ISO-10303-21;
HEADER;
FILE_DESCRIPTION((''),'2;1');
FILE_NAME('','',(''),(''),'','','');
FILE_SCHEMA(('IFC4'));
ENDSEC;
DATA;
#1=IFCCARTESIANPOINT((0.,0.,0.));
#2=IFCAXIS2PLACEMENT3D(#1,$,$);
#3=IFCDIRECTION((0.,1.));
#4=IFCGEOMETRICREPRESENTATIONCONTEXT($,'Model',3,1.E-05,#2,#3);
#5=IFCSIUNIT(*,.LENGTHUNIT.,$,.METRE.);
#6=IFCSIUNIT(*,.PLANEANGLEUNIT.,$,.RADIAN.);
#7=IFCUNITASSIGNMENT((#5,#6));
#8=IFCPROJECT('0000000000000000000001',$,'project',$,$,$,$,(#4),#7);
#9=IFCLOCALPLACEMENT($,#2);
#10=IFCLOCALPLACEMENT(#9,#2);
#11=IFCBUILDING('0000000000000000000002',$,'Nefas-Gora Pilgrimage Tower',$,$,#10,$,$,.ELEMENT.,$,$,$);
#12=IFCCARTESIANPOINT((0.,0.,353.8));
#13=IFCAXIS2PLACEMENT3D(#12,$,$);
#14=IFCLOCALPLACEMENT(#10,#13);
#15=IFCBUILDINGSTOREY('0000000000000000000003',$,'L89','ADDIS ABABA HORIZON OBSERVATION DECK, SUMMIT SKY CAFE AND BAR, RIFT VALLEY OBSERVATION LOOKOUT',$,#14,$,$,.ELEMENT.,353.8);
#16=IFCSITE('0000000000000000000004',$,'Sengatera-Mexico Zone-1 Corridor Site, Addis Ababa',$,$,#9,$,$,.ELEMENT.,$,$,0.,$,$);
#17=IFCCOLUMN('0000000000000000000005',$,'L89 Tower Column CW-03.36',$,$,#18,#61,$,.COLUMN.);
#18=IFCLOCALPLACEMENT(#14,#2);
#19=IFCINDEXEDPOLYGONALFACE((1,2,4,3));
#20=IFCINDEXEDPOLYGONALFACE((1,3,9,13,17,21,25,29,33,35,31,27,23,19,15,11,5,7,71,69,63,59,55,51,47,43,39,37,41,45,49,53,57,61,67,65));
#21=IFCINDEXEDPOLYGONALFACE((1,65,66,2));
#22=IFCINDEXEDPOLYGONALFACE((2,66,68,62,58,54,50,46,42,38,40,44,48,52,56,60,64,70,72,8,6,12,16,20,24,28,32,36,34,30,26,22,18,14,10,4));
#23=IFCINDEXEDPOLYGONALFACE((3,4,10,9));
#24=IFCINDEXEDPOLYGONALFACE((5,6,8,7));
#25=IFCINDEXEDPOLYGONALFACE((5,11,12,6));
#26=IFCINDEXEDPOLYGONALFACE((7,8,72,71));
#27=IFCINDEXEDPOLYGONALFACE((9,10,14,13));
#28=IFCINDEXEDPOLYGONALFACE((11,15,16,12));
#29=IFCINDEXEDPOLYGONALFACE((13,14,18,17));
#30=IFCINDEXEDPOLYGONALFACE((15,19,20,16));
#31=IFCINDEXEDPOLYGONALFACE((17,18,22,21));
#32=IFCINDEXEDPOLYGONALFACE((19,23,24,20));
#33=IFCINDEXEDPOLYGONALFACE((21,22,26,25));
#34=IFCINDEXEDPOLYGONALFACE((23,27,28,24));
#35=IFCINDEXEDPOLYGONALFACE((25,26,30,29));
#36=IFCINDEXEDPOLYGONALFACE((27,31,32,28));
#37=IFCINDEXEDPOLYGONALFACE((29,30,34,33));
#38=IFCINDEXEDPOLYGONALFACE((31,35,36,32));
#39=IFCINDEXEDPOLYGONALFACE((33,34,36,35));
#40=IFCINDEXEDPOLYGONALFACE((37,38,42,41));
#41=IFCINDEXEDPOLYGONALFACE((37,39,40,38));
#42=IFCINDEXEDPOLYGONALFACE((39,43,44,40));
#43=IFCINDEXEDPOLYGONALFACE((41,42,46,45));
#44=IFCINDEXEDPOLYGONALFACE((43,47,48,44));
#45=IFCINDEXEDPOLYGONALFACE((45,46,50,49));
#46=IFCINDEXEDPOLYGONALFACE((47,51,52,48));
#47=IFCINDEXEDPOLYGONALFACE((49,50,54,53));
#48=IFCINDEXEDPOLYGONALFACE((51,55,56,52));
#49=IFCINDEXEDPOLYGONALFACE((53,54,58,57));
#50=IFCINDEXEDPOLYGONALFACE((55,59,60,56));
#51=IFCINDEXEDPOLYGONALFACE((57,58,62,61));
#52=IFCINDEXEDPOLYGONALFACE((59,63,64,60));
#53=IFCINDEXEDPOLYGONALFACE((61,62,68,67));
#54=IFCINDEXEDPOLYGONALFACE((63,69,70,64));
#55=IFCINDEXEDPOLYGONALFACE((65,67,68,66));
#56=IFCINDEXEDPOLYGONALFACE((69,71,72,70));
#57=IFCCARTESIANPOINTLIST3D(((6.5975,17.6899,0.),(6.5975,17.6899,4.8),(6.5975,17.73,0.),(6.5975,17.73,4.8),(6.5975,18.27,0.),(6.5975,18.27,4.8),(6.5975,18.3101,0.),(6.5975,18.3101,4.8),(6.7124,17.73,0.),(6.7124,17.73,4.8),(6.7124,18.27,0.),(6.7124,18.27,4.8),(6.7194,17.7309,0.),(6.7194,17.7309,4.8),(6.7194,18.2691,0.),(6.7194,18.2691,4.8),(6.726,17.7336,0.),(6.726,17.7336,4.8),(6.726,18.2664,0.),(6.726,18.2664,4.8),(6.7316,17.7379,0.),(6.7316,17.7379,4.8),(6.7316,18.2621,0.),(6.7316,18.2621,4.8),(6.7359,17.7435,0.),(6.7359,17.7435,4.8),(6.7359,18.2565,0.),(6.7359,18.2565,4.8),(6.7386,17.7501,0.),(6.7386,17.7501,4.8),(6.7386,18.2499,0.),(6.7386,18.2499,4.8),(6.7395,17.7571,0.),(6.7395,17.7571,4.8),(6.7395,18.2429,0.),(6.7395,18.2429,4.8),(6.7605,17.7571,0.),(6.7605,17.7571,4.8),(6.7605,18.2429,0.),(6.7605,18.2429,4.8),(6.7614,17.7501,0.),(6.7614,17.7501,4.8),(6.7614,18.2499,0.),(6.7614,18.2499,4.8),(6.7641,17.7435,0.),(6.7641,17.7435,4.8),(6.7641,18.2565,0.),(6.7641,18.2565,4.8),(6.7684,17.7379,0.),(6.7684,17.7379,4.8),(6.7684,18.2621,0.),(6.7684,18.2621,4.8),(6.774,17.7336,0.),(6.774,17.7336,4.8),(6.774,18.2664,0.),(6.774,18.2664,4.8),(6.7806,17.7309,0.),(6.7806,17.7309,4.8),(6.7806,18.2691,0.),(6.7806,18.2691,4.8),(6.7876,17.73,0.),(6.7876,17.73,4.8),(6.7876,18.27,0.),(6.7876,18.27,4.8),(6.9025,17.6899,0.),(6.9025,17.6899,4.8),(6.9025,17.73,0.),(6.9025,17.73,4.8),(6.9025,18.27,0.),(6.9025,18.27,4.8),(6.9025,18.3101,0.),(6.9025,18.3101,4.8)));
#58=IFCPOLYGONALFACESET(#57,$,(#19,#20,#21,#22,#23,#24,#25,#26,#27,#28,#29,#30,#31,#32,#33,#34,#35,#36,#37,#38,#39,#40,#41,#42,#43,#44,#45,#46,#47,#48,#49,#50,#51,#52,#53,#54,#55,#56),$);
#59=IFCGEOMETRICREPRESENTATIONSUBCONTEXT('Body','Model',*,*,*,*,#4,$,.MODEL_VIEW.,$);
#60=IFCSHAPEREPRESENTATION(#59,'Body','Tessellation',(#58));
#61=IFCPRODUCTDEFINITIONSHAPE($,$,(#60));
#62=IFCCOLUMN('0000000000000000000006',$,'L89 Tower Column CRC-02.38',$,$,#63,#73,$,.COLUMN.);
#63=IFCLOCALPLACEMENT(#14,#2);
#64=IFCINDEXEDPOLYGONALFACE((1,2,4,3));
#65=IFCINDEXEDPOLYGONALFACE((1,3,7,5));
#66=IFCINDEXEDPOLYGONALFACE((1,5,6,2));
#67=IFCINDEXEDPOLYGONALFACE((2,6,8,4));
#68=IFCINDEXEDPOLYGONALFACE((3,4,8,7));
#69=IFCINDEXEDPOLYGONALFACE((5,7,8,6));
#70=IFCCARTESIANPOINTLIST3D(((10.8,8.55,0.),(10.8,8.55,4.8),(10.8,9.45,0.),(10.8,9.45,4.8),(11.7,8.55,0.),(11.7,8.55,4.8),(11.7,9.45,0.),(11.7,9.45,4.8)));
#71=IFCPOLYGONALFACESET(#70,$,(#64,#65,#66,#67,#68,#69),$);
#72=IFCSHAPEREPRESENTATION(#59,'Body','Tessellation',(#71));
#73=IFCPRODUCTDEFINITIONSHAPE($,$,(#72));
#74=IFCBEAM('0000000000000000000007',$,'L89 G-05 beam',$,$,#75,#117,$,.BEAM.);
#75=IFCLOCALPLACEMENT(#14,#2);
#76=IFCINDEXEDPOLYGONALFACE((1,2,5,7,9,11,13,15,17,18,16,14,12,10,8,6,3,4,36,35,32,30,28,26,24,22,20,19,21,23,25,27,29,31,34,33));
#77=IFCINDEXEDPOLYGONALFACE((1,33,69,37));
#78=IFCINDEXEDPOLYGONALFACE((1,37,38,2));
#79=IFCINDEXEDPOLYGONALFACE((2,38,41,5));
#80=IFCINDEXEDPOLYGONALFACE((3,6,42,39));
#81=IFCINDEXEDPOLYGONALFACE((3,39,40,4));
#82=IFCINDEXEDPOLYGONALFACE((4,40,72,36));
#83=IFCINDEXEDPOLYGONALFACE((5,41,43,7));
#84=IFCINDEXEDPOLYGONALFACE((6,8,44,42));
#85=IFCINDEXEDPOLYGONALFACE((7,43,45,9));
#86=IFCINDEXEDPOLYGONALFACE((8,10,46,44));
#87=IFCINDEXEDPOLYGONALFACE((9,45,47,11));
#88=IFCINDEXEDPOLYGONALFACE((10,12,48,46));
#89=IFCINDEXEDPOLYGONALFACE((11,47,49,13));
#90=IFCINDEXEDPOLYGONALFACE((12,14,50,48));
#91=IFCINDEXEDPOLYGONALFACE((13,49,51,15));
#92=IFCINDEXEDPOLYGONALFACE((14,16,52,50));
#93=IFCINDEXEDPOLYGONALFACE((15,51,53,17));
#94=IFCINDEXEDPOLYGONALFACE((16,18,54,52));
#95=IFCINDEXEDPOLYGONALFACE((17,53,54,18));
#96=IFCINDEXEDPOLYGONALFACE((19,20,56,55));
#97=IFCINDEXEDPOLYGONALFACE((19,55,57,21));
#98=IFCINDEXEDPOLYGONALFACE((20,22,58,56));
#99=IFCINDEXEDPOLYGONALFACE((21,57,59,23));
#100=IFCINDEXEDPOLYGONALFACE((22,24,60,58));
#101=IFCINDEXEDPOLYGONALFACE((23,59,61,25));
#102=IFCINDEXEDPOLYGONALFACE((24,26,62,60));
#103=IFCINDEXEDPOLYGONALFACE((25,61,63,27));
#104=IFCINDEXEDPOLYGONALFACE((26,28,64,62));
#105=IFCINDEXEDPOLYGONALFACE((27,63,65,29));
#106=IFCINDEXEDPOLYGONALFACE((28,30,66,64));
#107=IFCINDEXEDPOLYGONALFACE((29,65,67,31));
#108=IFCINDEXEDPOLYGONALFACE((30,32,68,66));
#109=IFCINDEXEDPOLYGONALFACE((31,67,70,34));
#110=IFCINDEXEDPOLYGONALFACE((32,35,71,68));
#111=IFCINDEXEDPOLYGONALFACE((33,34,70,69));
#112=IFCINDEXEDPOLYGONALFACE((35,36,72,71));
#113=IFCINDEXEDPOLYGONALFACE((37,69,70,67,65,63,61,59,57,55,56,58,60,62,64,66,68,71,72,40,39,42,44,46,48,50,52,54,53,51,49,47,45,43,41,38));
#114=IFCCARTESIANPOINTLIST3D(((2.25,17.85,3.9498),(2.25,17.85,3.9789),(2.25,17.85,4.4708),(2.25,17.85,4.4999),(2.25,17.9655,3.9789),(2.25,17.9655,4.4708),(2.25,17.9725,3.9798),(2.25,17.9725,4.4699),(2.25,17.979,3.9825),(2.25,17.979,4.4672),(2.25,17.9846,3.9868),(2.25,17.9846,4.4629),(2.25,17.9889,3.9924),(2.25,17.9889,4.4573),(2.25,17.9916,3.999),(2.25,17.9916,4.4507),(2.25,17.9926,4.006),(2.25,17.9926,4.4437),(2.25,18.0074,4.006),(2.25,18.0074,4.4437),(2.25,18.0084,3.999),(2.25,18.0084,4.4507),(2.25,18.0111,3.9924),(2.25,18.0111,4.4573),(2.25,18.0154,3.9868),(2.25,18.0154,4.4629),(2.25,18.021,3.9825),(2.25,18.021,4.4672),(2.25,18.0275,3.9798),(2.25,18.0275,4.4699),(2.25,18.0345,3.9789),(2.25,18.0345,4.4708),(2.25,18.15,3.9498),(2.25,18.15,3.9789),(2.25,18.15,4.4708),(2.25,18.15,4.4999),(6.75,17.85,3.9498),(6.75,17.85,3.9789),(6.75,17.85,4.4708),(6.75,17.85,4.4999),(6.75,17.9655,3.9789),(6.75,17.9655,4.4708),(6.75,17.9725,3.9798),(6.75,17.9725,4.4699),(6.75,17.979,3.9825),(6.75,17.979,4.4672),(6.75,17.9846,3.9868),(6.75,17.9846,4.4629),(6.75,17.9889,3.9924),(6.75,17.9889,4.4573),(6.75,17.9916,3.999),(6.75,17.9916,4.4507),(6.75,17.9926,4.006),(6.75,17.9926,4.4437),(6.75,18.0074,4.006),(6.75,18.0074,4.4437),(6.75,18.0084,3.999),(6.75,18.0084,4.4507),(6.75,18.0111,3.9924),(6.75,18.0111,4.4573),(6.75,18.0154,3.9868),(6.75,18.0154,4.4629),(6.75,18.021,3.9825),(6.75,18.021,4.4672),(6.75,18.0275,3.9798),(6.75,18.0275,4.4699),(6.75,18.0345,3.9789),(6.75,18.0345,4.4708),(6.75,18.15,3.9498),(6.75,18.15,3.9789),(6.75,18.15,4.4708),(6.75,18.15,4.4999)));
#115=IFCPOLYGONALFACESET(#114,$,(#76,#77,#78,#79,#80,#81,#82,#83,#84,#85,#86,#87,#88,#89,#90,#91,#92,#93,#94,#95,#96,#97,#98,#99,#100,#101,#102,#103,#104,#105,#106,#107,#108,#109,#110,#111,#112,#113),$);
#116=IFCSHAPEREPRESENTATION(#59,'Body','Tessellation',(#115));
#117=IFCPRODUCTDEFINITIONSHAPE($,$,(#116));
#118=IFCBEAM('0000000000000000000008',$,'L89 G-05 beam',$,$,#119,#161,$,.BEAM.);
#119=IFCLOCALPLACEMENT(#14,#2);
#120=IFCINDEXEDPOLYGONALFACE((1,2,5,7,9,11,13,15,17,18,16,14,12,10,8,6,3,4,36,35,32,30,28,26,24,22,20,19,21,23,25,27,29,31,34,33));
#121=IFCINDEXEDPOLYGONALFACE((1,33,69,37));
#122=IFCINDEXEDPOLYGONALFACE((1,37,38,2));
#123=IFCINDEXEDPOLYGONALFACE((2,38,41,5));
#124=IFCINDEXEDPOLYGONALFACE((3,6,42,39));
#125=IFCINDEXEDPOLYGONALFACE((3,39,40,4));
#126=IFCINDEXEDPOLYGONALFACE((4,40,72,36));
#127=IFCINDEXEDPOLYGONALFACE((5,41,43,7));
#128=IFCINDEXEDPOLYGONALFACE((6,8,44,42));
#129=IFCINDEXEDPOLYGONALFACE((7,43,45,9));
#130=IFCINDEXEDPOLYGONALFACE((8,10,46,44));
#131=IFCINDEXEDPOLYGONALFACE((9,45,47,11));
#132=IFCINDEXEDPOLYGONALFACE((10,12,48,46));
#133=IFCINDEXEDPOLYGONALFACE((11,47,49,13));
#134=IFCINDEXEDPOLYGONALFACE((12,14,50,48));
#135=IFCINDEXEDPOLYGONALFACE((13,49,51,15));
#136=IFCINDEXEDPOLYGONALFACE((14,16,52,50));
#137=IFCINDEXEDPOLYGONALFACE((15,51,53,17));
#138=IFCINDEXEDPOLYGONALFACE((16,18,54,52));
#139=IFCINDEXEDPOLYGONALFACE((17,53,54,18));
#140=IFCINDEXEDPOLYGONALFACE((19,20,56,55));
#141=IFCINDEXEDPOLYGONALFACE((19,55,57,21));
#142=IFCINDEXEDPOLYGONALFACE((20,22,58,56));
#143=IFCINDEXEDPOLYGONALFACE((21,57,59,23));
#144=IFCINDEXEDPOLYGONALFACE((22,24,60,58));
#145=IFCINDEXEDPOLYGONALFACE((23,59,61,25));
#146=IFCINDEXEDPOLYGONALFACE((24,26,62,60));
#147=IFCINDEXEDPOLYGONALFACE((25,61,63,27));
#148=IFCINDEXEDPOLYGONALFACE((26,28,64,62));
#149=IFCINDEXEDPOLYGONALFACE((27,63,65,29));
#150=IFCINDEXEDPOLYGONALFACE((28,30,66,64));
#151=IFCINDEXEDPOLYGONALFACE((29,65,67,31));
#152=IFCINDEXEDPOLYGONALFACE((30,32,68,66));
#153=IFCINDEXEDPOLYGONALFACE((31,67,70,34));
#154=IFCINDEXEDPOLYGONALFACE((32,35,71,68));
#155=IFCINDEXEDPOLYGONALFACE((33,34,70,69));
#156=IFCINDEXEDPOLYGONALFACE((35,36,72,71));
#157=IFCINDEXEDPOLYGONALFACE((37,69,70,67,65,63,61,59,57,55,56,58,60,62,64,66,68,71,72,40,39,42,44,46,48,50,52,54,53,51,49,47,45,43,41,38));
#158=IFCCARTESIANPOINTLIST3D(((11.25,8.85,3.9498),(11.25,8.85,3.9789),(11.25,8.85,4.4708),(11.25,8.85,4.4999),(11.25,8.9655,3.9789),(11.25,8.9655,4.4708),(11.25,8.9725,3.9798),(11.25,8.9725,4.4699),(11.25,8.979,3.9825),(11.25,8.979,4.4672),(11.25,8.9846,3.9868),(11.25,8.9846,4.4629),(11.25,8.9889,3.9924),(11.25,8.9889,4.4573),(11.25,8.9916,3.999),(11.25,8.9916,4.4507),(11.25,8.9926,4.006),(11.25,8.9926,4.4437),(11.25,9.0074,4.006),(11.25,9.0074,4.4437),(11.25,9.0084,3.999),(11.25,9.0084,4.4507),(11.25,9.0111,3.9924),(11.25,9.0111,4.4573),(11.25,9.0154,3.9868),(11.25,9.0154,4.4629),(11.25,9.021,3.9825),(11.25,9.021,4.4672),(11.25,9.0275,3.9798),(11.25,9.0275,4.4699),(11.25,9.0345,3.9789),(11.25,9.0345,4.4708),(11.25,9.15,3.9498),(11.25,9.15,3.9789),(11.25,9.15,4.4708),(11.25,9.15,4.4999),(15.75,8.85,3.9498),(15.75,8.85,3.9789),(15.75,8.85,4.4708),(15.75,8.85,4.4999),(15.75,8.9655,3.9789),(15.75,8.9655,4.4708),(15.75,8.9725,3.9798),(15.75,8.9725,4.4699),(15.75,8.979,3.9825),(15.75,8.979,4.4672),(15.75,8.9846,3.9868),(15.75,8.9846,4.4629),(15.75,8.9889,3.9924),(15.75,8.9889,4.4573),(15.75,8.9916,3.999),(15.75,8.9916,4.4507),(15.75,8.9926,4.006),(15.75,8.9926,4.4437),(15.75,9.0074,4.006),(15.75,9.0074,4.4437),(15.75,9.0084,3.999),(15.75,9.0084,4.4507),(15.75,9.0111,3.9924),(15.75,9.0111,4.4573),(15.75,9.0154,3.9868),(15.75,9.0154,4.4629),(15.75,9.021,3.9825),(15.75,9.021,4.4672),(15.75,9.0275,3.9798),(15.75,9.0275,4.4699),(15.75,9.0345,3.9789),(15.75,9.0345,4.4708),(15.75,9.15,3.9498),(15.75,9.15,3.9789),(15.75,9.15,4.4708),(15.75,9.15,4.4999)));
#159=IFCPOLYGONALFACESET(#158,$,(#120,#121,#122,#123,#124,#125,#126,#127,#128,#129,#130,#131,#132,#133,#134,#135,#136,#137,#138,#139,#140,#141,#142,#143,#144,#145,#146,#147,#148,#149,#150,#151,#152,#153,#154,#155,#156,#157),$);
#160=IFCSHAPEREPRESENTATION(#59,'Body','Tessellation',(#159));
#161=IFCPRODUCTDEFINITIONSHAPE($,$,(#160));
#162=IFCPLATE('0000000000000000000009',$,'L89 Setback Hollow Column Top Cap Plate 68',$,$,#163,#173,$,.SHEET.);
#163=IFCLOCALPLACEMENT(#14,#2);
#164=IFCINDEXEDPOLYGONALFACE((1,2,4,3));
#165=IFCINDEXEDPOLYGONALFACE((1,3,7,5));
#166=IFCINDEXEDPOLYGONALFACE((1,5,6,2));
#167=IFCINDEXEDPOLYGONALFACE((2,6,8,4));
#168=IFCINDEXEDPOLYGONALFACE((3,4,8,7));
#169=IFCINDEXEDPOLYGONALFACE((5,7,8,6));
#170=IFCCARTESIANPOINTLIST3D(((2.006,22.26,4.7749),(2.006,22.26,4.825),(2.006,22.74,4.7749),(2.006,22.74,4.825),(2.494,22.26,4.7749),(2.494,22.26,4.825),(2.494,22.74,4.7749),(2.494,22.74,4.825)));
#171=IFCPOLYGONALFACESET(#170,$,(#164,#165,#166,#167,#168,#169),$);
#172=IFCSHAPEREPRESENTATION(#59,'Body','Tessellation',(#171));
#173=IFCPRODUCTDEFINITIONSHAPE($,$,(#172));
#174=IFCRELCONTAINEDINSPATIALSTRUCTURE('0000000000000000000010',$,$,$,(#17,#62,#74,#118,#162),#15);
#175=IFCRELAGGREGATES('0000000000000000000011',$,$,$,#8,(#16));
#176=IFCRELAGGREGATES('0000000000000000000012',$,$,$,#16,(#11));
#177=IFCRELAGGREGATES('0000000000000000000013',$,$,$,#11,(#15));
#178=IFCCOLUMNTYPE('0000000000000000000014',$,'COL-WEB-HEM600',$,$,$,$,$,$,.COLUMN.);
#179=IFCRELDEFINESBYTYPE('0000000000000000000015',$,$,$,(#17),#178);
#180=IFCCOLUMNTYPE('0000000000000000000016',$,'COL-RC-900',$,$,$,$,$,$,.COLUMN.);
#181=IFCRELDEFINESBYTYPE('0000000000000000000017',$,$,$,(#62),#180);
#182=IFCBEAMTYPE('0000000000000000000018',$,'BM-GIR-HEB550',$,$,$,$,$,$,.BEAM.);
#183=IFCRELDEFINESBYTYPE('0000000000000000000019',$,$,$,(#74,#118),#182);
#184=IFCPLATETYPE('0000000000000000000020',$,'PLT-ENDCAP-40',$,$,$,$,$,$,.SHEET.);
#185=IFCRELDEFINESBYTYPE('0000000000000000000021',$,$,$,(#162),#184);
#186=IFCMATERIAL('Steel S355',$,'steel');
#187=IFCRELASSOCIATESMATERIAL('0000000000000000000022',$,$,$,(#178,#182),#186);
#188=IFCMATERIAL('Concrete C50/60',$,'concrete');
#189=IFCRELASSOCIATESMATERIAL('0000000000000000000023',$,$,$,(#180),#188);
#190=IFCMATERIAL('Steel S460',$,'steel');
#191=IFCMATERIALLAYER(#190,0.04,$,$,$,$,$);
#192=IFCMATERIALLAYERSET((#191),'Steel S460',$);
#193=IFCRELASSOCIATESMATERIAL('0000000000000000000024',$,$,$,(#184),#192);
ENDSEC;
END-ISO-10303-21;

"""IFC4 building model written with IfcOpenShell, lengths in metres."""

from ifc_helpers import new_model, si_unit, direction, frame, origin, origin_2d, place, context, subcontext, project, spatial, rectangle, i_section, extrude, source, transform, mapped, material, layer, layer_set, material_profile, profile_set, type_object, element, save


model = new_model("IFC4")

# Units and contexts
model_context = context("Model", 3, precision=1e-05, world=origin(), true_north=direction((0.0, 1.0)))
body_context = subcontext(model_context, "Body", "Model", "MODEL_VIEW")
ifc_project = project(units=[si_unit("LENGTHUNIT", "METRE"), si_unit("PLANEANGLEUNIT", "RADIAN")], contexts=[model_context])

# Site, building, storey
site_placement = place(None, origin())
site = spatial("IfcSite", under=ifc_project, at=site_placement, Name="Sengatera-Mexico Zone-1 Corridor Site, Addis Ababa", CompositionType="ELEMENT", RefElevation=0.0)
building_placement = place(site_placement, origin())
building = spatial("IfcBuilding", under=site, at=building_placement, Name="Nefas-Gora Pilgrimage Tower", CompositionType="ELEMENT")
storey_placement = place(building_placement, frame((0.0, 0.0, 353.8)))
storey = spatial("IfcBuildingStorey", under=building, at=storey_placement, Name="L89", Description="ADDIS ABABA HORIZON OBSERVATION DECK, SUMMIT SKY CAFE AND BAR, RIFT VALLEY OBSERVATION LOOKOUT", CompositionType="ELEMENT", Elevation=353.8)

# Columns
ifc_material_1 = material(Name="Steel S355", Category="steel")
ifc_material_profile_1 = material_profile(ifc_material_1, i_section(OverallWidth=0.3049, OverallDepth=0.6201, WebThickness=0.021, FlangeThickness=0.04, FilletRadius=0.0271, at=origin_2d()), Name="HEM 600")
ifc_profile_set_1 = profile_set([ifc_material_profile_1], Name="Steel S355")
column_type_1 = type_object("IfcColumnType", Name="COL-WEB-HEM600", PredefinedType="COLUMN", material=ifc_profile_set_1)
shared_shape_1 = source(origin(), body_context, "Body", "SweptSolid", [
    extrude(i_section(OverallWidth=0.3049, OverallDepth=0.6201, WebThickness=0.021, FlangeThickness=0.04, FilletRadius=0.0271, at=origin_2d()), origin(), (0.0, 0.0, 1.0), 4.8),
])
for number, where, z_axis, x_axis, name in (
    (1, (6.75, 18.0, 0.0), (0.0, 0.0, 1.0), (1.0, 0.0, 0.0), "L89 Tower Column CW-03.36"),
):
    element("IfcColumn", number, at=place(storey_placement, frame(where, z_axis=z_axis, x_axis=x_axis)), inside=storey, type_object=column_type_1, Name=name, PredefinedType="COLUMN", context=body_context, shape_type="MappedRepresentation", body=[
        mapped(shared_shape_1, transform((0.0, 0.0, 0.0), x_axis=(1.0, 0.0, 0.0), y_axis=(0.0, 1.0, 0.0), z_axis=(0.0, 0.0, 1.0), scale=1.0)),
    ])
ifc_material_2 = material(Name="Concrete C50/60", Category="concrete")
ifc_material_profile_2 = material_profile(ifc_material_2, rectangle(XDim=0.8999, YDim=0.8999, at=origin_2d()), Name="RC 900x900")
ifc_profile_set_2 = profile_set([ifc_material_profile_2], Name="Concrete C50/60")
column_type_2 = type_object("IfcColumnType", Name="COL-RC-900", PredefinedType="COLUMN", material=ifc_profile_set_2)
shared_shape_2 = source(origin(), body_context, "Body", "SweptSolid", [
    extrude(rectangle(XDim=0.8999, YDim=0.8999, at=origin_2d()), origin(), (0.0, 0.0, 1.0), 4.8),
])
column_1_placement = place(storey_placement, frame((11.25, 9.0, 0.0), z_axis=(0.0, 0.0, 1.0), x_axis=(1.0, 0.0, 0.0)))
element("IfcColumn", 2, at=column_1_placement, inside=storey, type_object=column_type_2, Name="L89 Tower Column CRC-02.38", PredefinedType="COLUMN", context=body_context, shape_type="MappedRepresentation", body=[
    mapped(shared_shape_2, transform((0.0, 0.0, 0.0), x_axis=(1.0, 0.0, 0.0), y_axis=(0.0, 1.0, 0.0), z_axis=(0.0, 0.0, 1.0), scale=1.0)),
])

# Beams
ifc_material_profile_3 = material_profile(ifc_material_1, i_section(OverallWidth=0.3, OverallDepth=0.55, WebThickness=0.0149, FlangeThickness=0.0291, FilletRadius=0.0271, at=origin_2d()), Name="HEB 550")
ifc_profile_set_3 = profile_set([ifc_material_profile_3], Name="Steel S355")
beam_type = type_object("IfcBeamType", Name="BM-GIR-HEB550", PredefinedType="BEAM", material=ifc_profile_set_3)
shared_shape_3 = source(origin(), body_context, "Body", "SweptSolid", [
    extrude(i_section(OverallWidth=0.3, OverallDepth=0.55, WebThickness=0.0149, FlangeThickness=0.0291, FilletRadius=0.0271, at=origin_2d()), origin(), (0.0, 0.0, 1.0), 4.5),
])
for number, where, z_axis, x_axis, name in (
    (3, (2.25, 18.0, 4.2249), (1.0, 0.0, 0.0), (0.0, 1.0, 0.0), "L89 G-05 beam"),
    (4, (11.25, 9.0, 4.2249), (1.0, 0.0, 0.0), (0.0, 1.0, 0.0), "L89 G-05 beam"),
):
    element("IfcBeam", number, at=place(storey_placement, frame(where, z_axis=z_axis, x_axis=x_axis)), inside=storey, type_object=beam_type, Name=name, PredefinedType="BEAM", context=body_context, shape_type="MappedRepresentation", body=[
        mapped(shared_shape_3, transform((0.0, 0.0, 0.0), x_axis=(1.0, 0.0, 0.0), y_axis=(0.0, 1.0, 0.0), z_axis=(0.0, 0.0, 1.0), scale=1.0)),
    ])

# Plate
ifc_material_3 = material(Name="Steel S460", Category="steel")
ifc_layer_1 = layer(ifc_material_3, 0.04)
ifc_layer_set_1 = layer_set([ifc_layer_1], Name="Steel S460")
plate_type = type_object("IfcPlateType", Name="PLT-ENDCAP-40", PredefinedType="SHEET", material=ifc_layer_set_1)
shared_shape_4 = source(origin(), body_context, "Body", "SweptSolid", [
    extrude(rectangle(XDim=0.488, YDim=0.48, at=origin_2d()), origin(), (0.0, 0.0, 1.0), 0.05),
])
plate_placement = place(storey_placement, frame((2.25, 22.5, 4.7749), z_axis=(0.0, 0.0, 1.0), x_axis=(1.0, 0.0, 0.0)))
element("IfcPlate", 5, at=plate_placement, inside=storey, type_object=plate_type, Name="L89 Setback Hollow Column Top Cap Plate 68", PredefinedType="SHEET", context=body_context, shape_type="MappedRepresentation", body=[
    mapped(shared_shape_4, transform((0.0, 0.0, 0.0), x_axis=(1.0, 0.0, 0.0), y_axis=(0.0, 1.0, 0.0), z_axis=(0.0, 0.0, 1.0), scale=1.0)),
])

save(model, "model.ifc")
